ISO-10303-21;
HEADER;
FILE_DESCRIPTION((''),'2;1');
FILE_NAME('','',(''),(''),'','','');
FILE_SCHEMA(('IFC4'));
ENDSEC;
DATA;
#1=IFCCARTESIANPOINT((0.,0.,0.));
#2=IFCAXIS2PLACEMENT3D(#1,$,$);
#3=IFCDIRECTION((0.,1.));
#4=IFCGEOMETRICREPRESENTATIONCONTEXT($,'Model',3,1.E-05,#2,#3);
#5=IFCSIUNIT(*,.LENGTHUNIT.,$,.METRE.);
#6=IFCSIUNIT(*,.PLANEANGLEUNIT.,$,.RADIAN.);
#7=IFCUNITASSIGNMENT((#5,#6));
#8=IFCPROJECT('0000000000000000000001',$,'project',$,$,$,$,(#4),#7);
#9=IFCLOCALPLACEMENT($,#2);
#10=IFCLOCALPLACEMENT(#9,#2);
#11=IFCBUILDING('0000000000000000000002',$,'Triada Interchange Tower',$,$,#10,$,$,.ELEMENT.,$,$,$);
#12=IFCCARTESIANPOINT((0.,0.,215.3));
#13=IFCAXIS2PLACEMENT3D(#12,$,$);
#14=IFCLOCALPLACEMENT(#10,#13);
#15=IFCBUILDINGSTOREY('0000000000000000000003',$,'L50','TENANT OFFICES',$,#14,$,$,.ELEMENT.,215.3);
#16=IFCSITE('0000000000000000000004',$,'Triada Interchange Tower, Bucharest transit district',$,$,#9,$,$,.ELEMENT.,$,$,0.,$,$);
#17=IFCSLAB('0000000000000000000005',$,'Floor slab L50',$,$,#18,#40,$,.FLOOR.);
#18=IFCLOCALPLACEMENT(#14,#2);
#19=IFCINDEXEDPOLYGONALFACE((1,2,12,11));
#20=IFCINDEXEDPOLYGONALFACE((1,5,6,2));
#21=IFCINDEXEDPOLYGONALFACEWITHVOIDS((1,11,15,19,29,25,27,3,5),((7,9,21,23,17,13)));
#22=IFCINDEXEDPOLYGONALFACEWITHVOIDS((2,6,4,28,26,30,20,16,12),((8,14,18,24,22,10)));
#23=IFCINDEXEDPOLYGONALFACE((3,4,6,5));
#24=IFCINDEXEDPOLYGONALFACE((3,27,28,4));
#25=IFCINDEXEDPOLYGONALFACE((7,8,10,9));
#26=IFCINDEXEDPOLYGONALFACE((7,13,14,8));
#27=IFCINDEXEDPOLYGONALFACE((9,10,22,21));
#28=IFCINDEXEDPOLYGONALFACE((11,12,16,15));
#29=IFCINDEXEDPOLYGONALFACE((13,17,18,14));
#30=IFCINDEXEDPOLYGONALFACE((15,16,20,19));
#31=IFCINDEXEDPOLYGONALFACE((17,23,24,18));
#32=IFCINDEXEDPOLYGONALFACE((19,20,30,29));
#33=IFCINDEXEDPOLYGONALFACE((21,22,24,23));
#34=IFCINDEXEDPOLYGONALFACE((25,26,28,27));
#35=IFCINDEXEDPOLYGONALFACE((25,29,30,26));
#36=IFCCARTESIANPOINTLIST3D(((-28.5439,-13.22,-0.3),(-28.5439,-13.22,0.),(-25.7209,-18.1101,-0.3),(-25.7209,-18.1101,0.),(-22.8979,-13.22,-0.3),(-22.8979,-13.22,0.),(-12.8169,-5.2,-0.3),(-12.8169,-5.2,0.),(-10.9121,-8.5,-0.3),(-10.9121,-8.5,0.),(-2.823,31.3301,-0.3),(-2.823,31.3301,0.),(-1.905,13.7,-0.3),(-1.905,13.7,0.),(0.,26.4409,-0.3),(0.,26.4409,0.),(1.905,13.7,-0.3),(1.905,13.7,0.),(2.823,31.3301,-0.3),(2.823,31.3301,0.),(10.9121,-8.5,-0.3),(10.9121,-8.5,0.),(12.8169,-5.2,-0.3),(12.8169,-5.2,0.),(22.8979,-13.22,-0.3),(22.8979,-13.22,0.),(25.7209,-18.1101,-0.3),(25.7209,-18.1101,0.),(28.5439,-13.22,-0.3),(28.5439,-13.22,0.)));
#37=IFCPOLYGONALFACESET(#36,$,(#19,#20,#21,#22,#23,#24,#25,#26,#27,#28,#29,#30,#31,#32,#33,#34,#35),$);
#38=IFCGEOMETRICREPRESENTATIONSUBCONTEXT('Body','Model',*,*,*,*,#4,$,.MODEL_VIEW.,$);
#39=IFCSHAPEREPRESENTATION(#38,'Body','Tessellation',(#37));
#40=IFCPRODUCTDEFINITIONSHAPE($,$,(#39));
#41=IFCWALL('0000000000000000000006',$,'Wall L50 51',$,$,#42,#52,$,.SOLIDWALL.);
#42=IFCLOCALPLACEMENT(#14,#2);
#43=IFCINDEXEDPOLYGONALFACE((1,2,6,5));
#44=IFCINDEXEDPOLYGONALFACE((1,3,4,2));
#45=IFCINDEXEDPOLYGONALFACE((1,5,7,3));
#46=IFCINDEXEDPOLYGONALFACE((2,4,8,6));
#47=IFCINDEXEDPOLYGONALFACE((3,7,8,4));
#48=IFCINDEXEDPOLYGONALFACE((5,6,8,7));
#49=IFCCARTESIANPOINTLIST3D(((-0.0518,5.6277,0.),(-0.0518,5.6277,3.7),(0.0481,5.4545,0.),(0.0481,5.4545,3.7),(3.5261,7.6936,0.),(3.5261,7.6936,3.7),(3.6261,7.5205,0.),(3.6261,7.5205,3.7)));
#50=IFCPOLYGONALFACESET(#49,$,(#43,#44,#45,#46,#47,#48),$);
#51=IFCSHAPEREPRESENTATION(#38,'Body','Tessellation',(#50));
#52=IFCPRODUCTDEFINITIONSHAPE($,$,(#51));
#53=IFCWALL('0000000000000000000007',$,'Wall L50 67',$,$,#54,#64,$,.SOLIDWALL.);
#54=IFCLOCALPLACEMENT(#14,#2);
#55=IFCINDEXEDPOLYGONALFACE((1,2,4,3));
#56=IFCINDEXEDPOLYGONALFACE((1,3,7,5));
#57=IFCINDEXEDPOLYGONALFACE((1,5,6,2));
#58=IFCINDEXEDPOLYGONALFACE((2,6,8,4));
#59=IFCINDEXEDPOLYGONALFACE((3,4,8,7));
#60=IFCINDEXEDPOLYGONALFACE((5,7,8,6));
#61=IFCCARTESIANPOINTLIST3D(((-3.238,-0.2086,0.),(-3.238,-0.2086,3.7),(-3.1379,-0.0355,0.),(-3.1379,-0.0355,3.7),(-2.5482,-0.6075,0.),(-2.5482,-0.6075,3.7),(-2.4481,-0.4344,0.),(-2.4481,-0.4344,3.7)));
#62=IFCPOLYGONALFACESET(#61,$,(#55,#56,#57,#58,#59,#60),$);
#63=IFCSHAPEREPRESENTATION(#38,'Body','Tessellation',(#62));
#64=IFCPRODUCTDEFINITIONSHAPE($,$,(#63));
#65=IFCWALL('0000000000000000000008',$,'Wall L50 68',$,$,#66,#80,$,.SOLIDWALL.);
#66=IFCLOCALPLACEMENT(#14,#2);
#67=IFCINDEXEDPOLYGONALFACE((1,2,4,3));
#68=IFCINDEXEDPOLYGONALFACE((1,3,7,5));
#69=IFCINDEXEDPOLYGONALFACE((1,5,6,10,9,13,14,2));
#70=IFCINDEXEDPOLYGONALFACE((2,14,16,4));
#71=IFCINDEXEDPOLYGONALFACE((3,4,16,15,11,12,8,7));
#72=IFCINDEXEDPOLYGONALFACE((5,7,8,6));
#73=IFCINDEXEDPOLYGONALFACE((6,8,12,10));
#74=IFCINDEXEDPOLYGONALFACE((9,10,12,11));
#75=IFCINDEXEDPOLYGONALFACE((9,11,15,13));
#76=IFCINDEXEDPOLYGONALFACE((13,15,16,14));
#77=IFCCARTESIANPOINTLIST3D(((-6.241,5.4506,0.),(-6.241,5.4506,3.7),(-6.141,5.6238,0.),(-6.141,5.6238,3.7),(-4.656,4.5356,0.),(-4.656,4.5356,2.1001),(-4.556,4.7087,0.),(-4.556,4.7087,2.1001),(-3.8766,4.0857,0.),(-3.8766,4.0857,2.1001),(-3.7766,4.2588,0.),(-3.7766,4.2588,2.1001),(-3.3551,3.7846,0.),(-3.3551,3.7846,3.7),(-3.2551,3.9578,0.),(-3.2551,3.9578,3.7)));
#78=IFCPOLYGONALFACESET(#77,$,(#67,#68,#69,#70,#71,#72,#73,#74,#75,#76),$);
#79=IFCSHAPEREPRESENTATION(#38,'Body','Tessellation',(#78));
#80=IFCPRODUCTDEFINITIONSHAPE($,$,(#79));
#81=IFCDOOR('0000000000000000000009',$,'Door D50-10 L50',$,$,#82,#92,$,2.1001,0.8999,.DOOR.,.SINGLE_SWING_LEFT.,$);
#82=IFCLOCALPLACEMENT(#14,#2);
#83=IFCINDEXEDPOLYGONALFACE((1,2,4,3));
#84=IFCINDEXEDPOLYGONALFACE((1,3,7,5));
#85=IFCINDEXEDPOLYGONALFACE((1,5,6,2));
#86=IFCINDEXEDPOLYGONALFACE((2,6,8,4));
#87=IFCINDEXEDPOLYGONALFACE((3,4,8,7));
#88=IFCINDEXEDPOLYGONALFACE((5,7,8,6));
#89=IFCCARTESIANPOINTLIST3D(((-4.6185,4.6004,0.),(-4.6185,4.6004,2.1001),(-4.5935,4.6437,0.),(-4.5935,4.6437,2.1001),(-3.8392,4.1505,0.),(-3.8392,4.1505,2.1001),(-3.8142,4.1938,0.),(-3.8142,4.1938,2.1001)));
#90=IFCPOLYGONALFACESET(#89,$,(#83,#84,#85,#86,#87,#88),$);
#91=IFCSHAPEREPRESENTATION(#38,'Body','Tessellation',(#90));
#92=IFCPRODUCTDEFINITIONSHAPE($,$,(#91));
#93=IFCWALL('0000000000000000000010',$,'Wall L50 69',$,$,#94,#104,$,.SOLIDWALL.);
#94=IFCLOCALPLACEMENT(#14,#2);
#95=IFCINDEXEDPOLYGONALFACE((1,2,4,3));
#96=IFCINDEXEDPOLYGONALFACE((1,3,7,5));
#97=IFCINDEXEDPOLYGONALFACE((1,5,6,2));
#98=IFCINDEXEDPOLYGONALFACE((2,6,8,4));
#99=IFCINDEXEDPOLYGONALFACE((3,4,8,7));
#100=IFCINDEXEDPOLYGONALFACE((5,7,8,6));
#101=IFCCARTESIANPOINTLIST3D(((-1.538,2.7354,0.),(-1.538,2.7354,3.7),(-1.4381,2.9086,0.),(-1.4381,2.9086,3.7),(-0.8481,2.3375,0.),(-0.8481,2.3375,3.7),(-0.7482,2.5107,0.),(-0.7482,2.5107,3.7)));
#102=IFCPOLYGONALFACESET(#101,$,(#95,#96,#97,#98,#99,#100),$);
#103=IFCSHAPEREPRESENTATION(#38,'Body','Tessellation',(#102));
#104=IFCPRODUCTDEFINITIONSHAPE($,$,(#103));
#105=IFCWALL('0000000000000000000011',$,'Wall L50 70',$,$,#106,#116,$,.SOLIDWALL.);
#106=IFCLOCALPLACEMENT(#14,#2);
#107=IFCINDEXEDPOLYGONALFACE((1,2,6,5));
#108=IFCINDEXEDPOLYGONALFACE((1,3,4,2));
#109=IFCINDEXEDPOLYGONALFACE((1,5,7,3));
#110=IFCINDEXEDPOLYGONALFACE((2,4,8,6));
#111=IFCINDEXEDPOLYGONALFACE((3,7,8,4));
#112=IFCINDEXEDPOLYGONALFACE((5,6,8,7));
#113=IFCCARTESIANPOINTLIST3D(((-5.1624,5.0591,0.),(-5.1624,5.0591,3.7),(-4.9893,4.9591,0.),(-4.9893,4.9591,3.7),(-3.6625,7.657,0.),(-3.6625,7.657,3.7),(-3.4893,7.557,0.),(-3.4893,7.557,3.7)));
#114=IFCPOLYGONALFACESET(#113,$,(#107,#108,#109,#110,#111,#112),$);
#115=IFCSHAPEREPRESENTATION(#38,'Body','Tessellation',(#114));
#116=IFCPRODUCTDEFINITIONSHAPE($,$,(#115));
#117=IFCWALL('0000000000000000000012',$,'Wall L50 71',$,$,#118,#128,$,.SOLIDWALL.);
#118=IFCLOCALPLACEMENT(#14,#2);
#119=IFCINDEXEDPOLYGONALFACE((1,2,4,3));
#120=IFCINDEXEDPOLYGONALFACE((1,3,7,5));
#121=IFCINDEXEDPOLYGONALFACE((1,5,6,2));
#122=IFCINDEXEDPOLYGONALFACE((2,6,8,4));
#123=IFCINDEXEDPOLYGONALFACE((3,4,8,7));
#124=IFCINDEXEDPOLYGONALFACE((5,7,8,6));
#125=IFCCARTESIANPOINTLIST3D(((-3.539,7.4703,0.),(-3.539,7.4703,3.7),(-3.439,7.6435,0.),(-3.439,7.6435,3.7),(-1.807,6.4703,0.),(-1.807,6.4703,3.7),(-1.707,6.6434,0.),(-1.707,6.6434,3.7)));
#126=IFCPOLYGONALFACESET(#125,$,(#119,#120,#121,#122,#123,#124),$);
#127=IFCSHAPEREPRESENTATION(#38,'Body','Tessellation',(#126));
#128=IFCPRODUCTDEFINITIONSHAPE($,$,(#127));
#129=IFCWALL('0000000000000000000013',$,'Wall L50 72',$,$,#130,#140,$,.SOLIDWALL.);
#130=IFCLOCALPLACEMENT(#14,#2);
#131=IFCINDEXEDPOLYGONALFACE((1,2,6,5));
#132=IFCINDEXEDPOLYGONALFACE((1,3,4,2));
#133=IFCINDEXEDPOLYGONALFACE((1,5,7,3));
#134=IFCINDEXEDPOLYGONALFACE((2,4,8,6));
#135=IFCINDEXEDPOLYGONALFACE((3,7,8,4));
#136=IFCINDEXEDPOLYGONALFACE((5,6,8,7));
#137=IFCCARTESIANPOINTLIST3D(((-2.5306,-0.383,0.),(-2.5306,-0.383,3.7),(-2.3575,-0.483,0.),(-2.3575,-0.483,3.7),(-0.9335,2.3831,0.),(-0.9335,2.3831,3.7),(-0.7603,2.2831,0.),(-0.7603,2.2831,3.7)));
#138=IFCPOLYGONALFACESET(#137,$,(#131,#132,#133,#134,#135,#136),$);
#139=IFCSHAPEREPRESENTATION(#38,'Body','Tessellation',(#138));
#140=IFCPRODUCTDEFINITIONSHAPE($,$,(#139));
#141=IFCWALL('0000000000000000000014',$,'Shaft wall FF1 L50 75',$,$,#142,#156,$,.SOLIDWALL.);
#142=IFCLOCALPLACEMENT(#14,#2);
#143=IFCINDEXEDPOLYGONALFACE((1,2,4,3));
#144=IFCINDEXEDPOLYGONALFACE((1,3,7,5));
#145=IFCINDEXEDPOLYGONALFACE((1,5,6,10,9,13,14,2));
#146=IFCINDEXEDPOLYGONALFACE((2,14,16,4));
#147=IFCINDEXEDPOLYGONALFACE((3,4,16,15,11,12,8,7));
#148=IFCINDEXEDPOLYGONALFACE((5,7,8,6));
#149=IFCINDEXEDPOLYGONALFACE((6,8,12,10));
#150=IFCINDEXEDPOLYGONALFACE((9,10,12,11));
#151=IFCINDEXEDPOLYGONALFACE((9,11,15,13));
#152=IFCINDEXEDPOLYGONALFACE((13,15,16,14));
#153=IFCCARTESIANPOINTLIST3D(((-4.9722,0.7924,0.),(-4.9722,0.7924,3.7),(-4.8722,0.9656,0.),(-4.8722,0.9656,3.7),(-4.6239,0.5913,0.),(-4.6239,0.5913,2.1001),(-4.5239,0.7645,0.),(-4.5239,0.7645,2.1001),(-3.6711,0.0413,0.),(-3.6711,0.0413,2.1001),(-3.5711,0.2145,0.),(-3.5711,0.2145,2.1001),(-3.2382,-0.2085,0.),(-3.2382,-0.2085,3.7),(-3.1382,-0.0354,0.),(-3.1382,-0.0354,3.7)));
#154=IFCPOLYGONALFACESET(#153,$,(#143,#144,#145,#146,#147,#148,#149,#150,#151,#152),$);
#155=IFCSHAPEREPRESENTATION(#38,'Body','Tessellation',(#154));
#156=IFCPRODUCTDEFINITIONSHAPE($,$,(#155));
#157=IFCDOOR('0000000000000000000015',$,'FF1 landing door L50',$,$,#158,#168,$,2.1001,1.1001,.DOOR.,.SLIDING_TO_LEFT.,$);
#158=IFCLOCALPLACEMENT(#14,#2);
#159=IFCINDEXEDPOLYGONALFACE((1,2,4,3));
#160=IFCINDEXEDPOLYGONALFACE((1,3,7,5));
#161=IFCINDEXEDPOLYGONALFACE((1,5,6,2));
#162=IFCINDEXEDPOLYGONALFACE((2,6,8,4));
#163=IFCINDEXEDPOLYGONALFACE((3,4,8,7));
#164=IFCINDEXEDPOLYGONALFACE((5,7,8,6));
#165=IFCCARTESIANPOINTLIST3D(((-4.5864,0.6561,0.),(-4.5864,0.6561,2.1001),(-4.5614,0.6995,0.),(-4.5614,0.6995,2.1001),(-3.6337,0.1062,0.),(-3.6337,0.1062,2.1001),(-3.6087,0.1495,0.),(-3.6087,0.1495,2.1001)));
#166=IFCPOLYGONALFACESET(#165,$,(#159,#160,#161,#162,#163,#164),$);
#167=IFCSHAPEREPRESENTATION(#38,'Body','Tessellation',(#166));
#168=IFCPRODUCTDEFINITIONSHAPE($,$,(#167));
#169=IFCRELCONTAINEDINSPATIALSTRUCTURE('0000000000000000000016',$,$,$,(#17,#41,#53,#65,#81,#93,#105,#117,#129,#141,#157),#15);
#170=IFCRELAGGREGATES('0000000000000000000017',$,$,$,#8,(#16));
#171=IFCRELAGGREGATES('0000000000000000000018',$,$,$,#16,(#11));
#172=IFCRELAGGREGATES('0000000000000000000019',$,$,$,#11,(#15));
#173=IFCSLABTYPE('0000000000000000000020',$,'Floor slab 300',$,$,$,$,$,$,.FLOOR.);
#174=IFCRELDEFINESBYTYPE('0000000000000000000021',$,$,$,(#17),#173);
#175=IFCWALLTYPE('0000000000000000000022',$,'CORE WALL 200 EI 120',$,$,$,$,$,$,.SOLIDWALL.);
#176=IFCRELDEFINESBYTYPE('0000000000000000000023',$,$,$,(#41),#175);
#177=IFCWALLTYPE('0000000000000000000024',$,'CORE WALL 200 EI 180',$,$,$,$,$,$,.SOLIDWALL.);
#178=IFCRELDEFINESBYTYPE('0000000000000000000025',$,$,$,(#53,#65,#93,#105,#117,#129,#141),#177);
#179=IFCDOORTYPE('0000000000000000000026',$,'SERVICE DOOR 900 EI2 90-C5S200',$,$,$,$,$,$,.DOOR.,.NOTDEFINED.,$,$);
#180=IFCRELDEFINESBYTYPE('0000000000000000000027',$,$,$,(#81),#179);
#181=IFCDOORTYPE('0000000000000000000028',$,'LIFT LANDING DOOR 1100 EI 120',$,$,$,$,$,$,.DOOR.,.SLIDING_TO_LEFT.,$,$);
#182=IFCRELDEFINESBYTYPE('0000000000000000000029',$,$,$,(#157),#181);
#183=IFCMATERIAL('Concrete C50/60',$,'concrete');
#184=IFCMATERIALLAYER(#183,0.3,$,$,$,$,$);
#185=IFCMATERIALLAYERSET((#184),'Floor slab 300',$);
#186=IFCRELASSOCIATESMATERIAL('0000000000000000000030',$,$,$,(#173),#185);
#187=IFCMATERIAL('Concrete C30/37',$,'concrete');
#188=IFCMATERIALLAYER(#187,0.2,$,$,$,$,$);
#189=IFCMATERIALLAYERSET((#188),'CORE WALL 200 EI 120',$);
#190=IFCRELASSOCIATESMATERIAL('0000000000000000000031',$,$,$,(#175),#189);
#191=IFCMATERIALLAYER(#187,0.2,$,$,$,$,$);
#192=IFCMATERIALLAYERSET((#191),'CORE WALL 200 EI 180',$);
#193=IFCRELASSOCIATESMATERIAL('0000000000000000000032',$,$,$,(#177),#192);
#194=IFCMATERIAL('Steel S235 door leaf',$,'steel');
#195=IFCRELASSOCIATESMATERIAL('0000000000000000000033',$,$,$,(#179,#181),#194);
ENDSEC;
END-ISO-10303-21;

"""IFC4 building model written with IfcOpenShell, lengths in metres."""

from ifc_helpers import new_model, si_unit, direction, frame, frame_2d, origin, place, context, subcontext, project, spatial, polyline, rectangle, outline, extrude, material, layer, layer_set, type_object, element, fill, save


model = new_model("IFC4")

# Units and contexts
model_context = context("Model", 3, precision=1e-05, world=origin(), true_north=direction((0.0, 1.0)))
body_context = subcontext(model_context, "Body", "Model", "MODEL_VIEW")
ifc_project = project(units=[si_unit("LENGTHUNIT", "METRE"), si_unit("PLANEANGLEUNIT", "RADIAN")], contexts=[model_context])

# Site, building, storey
site_placement = place(None, origin())
site = spatial("IfcSite", under=ifc_project, at=site_placement, Name="Triada Interchange Tower, Bucharest transit district", CompositionType="ELEMENT", RefElevation=0.0)
building_placement = place(site_placement, origin())
building = spatial("IfcBuilding", under=site, at=building_placement, Name="Triada Interchange Tower", CompositionType="ELEMENT")
storey_placement = place(building_placement, frame((0.0, 0.0, 215.3)))
storey = spatial("IfcBuildingStorey", under=building, at=storey_placement, Name="L50", Description="TENANT OFFICES", CompositionType="ELEMENT", Elevation=215.3)

# Slab
ifc_material_1 = material(Name="Concrete C50/60", Category="concrete")
ifc_layer_1 = layer(ifc_material_1, 0.3)
ifc_layer_set_1 = layer_set([ifc_layer_1], Name="Floor slab 300")
slab_type = type_object("IfcSlabType", Name="Floor slab 300", PredefinedType="FLOOR", material=ifc_layer_set_1)
slab_placement = place(storey_placement, frame((0.0, 0.0, -0.3)))
element("IfcSlab", 1, at=slab_placement, inside=storey, type_object=slab_type, Name="Floor slab L50", PredefinedType="FLOOR", context=body_context, shape_type="SweptSolid", body=[
    extrude(outline(polyline([(-2.823, 31.3301), (-28.5439, -13.22), (-22.8979, -13.22), (-25.7209, -18.1101), (25.7209, -18.1101), (22.8979, -13.22), (28.5439, -13.22), (2.823, 31.3301), (0.0, 26.4409), (-2.823, 31.3301)]), holes=[polyline([(1.905, 13.7), (-1.905, 13.7), (-12.8169, -5.2), (-10.9121, -8.5), (10.9121, -8.5), (12.8169, -5.2), (1.905, 13.7)])]), origin(), (0.0, 0.0, 1.0), 0.3),
])

# Walls
ifc_material_2 = material(Name="Concrete C30/37", Category="concrete")
ifc_layer_2 = layer(ifc_material_2, 0.2)
ifc_layer_set_2 = layer_set([ifc_layer_2], Name="CORE WALL 200 EI 120")
wall_type_1 = type_object("IfcWallType", Name="CORE WALL 200 EI 120", PredefinedType="SOLIDWALL", material=ifc_layer_set_2)
wall_1_placement = place(storey_placement, frame((-0.002, 5.541, 0.0), z_axis=(0.0, 0.0, 1.0), x_axis=(0.866002, 0.500041, 0.0)))
element("IfcWall", 2, at=wall_1_placement, inside=storey, type_object=wall_type_1, Name="Wall L50 51", PredefinedType="SOLIDWALL", context=body_context, shape_type="SweptSolid", body=[
    extrude(rectangle(XDim=4.1316, YDim=0.2, at=frame_2d((2.0659, 0.0))), origin(), (0.0, 0.0, 1.0), 3.7),
])
ifc_layer_3 = layer(ifc_material_2, 0.2)
ifc_layer_set_3 = layer_set([ifc_layer_3], Name="CORE WALL 200 EI 180")
wall_type_2 = type_object("IfcWallType", Name="CORE WALL 200 EI 180", PredefinedType="SOLIDWALL", material=ifc_layer_set_3)
wall_2_placement = place(storey_placement, frame((-3.188, -0.1221, 0.0), z_axis=(0.0, 0.0, 1.0), x_axis=(0.865706, -0.500553, 0.0)))
element("IfcWall", 3, at=wall_2_placement, inside=storey, type_object=wall_type_2, Name="Wall L50 67", PredefinedType="SOLIDWALL", context=body_context, shape_type="SweptSolid", body=[
    extrude(rectangle(XDim=0.7969, YDim=0.2, at=frame_2d((0.3984, 0.0))), origin(), (0.0, 0.0, 1.0), 3.7),
])

# Wall, opening, door
wall_3_placement = place(storey_placement, frame((-6.1909, 5.5371, 0.0), z_axis=(0.0, 0.0, 1.0), x_axis=(0.866053, -0.499953, 0.0)))
wall_3 = element("IfcWall", 4, at=wall_3_placement, inside=storey, type_object=wall_type_2, Name="Wall L50 68", PredefinedType="SOLIDWALL", context=body_context, shape_type="SweptSolid", body=[
    extrude(rectangle(XDim=3.3323, YDim=0.2, at=frame_2d((1.666, 0.0))), origin(), (0.0, 0.0, 1.0), 3.7),
])
opening_1_placement = place(wall_3_placement, frame((1.8301, 0.0, 0.0)))
opening_1 = element("IfcOpeningElement", 5, at=opening_1_placement, cuts=wall_3, PredefinedType="OPENING", context=body_context, shape_type="SweptSolid", body=[
    extrude(rectangle(XDim=0.8999, YDim=2.1001, at=frame_2d((0.45, 1.05))), frame((0.0, 0.1099, 0.0), z_axis=(0.0, -1.0, 0.0), x_axis=(1.0, 0.0, 0.0)), (0.0, 0.0, 1.0), 0.22),
])
ifc_material_3 = material(Name="Steel S235 door leaf", Category="steel")
door_type_1 = type_object("IfcDoorType", Name="SERVICE DOOR 900 EI2 90-C5S200", OperationType="NOTDEFINED", PredefinedType="DOOR", material=ifc_material_3)
door_1_placement = place(opening_1_placement, origin())
door_1 = element("IfcDoor", 6, at=door_1_placement, inside=storey, type_object=door_type_1, Name="Door D50-10 L50", OperationType="SINGLE_SWING_LEFT", OverallHeight=2.1001, OverallWidth=0.8999, PredefinedType="DOOR", context=body_context, shape_type="SweptSolid", body=[
    extrude(rectangle(XDim=0.8999, YDim=2.1001, at=frame_2d((0.45, 1.05))), frame((0.0, 0.0249, 0.0), z_axis=(0.0, -1.0, 0.0), x_axis=(1.0, 0.0, 0.0)), (0.0, 0.0, 1.0), 0.05),
])
fill(opening_1, door_1)

# Walls
wall_4_placement = place(storey_placement, frame((-1.488, 2.822, 0.0), z_axis=(0.0, 0.0, 1.0), x_axis=(0.866237, -0.499634, 0.0)))
element("IfcWall", 7, at=wall_4_placement, inside=storey, type_object=wall_type_2, Name="Wall L50 69", PredefinedType="SOLIDWALL", context=body_context, shape_type="SweptSolid", body=[
    extrude(rectangle(XDim=0.7964, YDim=0.2, at=frame_2d((0.3982, 0.0))), origin(), (0.0, 0.0, 1.0), 3.7),
])
wall_5_placement = place(storey_placement, frame((-5.0759, 5.009, 0.0), z_axis=(0.0, 0.0, 1.0), x_axis=(0.500025, 0.866011, 0.0)))
element("IfcWall", 8, at=wall_5_placement, inside=storey, type_object=wall_type_2, Name="Wall L50 70", PredefinedType="SOLIDWALL", context=body_context, shape_type="SweptSolid", body=[
    extrude(rectangle(XDim=2.9998, YDim=0.2, at=frame_2d((1.5, 0.0))), origin(), (0.0, 0.0, 1.0), 3.7),
])
wall_6_placement = place(storey_placement, frame((-3.489, 7.5569, 0.0), z_axis=(0.0, 0.0, 1.0), x_axis=(0.866011, -0.500025, 0.0)))
element("IfcWall", 9, at=wall_6_placement, inside=storey, type_object=wall_type_2, Name="Wall L50 71", PredefinedType="SOLIDWALL", context=body_context, shape_type="SweptSolid", body=[
    extrude(rectangle(XDim=2.0, YDim=0.2, at=frame_2d((1.0, 0.0))), origin(), (0.0, 0.0, 1.0), 3.7),
])
wall_7_placement = place(storey_placement, frame((-2.4441, -0.4331, 0.0), z_axis=(0.0, 0.0, 1.0), x_axis=(0.500036, 0.866005, 0.0)))
element("IfcWall", 10, at=wall_7_placement, inside=storey, type_object=wall_type_2, Name="Wall L50 72", PredefinedType="SOLIDWALL", context=body_context, shape_type="SweptSolid", body=[
    extrude(rectangle(XDim=3.1941, YDim=0.2, at=frame_2d((1.5972, 0.0))), origin(), (0.0, 0.0, 1.0), 3.7),
])

# Wall, opening, door
wall_8_placement = place(storey_placement, frame((-4.9221, 0.8789, 0.0), z_axis=(0.0, 0.0, 1.0), x_axis=(0.866074, -0.499916, 0.0)))
wall_8 = element("IfcWall", 11, at=wall_8_placement, inside=storey, type_object=wall_type_2, Name="Shaft wall FF1 L50 75", PredefinedType="SOLIDWALL", context=body_context, shape_type="SweptSolid", body=[
    extrude(rectangle(XDim=2.0022, YDim=0.2, at=frame_2d((1.001, 0.0))), origin(), (0.0, 0.0, 1.0), 3.7),
])
opening_2_placement = place(wall_8_placement, frame((0.4021, 0.0, 0.0)))
opening_2 = element("IfcOpeningElement", 12, at=opening_2_placement, cuts=wall_8, PredefinedType="OPENING", context=body_context, shape_type="SweptSolid", body=[
    extrude(rectangle(XDim=1.1001, YDim=2.1001, at=frame_2d((0.55, 1.05))), frame((0.0, 0.1099, 0.0), z_axis=(0.0, -1.0, 0.0), x_axis=(1.0, 0.0, 0.0)), (0.0, 0.0, 1.0), 0.22),
])
door_type_2 = type_object("IfcDoorType", Name="LIFT LANDING DOOR 1100 EI 120", OperationType="SLIDING_TO_LEFT", PredefinedType="DOOR", material=ifc_material_3)
door_2_placement = place(opening_2_placement, origin())
door_2 = element("IfcDoor", 13, at=door_2_placement, inside=storey, type_object=door_type_2, Name="FF1 landing door L50", OperationType="SLIDING_TO_LEFT", OverallHeight=2.1001, OverallWidth=1.1001, PredefinedType="DOOR", context=body_context, shape_type="SweptSolid", body=[
    extrude(rectangle(XDim=1.1001, YDim=2.1001, at=frame_2d((0.55, 1.05))), frame((0.0, 0.0249, 0.0), z_axis=(0.0, -1.0, 0.0), x_axis=(1.0, 0.0, 0.0)), (0.0, 0.0, 1.0), 0.05),
])
fill(opening_2, door_2)

save(model, "model.ifc")
